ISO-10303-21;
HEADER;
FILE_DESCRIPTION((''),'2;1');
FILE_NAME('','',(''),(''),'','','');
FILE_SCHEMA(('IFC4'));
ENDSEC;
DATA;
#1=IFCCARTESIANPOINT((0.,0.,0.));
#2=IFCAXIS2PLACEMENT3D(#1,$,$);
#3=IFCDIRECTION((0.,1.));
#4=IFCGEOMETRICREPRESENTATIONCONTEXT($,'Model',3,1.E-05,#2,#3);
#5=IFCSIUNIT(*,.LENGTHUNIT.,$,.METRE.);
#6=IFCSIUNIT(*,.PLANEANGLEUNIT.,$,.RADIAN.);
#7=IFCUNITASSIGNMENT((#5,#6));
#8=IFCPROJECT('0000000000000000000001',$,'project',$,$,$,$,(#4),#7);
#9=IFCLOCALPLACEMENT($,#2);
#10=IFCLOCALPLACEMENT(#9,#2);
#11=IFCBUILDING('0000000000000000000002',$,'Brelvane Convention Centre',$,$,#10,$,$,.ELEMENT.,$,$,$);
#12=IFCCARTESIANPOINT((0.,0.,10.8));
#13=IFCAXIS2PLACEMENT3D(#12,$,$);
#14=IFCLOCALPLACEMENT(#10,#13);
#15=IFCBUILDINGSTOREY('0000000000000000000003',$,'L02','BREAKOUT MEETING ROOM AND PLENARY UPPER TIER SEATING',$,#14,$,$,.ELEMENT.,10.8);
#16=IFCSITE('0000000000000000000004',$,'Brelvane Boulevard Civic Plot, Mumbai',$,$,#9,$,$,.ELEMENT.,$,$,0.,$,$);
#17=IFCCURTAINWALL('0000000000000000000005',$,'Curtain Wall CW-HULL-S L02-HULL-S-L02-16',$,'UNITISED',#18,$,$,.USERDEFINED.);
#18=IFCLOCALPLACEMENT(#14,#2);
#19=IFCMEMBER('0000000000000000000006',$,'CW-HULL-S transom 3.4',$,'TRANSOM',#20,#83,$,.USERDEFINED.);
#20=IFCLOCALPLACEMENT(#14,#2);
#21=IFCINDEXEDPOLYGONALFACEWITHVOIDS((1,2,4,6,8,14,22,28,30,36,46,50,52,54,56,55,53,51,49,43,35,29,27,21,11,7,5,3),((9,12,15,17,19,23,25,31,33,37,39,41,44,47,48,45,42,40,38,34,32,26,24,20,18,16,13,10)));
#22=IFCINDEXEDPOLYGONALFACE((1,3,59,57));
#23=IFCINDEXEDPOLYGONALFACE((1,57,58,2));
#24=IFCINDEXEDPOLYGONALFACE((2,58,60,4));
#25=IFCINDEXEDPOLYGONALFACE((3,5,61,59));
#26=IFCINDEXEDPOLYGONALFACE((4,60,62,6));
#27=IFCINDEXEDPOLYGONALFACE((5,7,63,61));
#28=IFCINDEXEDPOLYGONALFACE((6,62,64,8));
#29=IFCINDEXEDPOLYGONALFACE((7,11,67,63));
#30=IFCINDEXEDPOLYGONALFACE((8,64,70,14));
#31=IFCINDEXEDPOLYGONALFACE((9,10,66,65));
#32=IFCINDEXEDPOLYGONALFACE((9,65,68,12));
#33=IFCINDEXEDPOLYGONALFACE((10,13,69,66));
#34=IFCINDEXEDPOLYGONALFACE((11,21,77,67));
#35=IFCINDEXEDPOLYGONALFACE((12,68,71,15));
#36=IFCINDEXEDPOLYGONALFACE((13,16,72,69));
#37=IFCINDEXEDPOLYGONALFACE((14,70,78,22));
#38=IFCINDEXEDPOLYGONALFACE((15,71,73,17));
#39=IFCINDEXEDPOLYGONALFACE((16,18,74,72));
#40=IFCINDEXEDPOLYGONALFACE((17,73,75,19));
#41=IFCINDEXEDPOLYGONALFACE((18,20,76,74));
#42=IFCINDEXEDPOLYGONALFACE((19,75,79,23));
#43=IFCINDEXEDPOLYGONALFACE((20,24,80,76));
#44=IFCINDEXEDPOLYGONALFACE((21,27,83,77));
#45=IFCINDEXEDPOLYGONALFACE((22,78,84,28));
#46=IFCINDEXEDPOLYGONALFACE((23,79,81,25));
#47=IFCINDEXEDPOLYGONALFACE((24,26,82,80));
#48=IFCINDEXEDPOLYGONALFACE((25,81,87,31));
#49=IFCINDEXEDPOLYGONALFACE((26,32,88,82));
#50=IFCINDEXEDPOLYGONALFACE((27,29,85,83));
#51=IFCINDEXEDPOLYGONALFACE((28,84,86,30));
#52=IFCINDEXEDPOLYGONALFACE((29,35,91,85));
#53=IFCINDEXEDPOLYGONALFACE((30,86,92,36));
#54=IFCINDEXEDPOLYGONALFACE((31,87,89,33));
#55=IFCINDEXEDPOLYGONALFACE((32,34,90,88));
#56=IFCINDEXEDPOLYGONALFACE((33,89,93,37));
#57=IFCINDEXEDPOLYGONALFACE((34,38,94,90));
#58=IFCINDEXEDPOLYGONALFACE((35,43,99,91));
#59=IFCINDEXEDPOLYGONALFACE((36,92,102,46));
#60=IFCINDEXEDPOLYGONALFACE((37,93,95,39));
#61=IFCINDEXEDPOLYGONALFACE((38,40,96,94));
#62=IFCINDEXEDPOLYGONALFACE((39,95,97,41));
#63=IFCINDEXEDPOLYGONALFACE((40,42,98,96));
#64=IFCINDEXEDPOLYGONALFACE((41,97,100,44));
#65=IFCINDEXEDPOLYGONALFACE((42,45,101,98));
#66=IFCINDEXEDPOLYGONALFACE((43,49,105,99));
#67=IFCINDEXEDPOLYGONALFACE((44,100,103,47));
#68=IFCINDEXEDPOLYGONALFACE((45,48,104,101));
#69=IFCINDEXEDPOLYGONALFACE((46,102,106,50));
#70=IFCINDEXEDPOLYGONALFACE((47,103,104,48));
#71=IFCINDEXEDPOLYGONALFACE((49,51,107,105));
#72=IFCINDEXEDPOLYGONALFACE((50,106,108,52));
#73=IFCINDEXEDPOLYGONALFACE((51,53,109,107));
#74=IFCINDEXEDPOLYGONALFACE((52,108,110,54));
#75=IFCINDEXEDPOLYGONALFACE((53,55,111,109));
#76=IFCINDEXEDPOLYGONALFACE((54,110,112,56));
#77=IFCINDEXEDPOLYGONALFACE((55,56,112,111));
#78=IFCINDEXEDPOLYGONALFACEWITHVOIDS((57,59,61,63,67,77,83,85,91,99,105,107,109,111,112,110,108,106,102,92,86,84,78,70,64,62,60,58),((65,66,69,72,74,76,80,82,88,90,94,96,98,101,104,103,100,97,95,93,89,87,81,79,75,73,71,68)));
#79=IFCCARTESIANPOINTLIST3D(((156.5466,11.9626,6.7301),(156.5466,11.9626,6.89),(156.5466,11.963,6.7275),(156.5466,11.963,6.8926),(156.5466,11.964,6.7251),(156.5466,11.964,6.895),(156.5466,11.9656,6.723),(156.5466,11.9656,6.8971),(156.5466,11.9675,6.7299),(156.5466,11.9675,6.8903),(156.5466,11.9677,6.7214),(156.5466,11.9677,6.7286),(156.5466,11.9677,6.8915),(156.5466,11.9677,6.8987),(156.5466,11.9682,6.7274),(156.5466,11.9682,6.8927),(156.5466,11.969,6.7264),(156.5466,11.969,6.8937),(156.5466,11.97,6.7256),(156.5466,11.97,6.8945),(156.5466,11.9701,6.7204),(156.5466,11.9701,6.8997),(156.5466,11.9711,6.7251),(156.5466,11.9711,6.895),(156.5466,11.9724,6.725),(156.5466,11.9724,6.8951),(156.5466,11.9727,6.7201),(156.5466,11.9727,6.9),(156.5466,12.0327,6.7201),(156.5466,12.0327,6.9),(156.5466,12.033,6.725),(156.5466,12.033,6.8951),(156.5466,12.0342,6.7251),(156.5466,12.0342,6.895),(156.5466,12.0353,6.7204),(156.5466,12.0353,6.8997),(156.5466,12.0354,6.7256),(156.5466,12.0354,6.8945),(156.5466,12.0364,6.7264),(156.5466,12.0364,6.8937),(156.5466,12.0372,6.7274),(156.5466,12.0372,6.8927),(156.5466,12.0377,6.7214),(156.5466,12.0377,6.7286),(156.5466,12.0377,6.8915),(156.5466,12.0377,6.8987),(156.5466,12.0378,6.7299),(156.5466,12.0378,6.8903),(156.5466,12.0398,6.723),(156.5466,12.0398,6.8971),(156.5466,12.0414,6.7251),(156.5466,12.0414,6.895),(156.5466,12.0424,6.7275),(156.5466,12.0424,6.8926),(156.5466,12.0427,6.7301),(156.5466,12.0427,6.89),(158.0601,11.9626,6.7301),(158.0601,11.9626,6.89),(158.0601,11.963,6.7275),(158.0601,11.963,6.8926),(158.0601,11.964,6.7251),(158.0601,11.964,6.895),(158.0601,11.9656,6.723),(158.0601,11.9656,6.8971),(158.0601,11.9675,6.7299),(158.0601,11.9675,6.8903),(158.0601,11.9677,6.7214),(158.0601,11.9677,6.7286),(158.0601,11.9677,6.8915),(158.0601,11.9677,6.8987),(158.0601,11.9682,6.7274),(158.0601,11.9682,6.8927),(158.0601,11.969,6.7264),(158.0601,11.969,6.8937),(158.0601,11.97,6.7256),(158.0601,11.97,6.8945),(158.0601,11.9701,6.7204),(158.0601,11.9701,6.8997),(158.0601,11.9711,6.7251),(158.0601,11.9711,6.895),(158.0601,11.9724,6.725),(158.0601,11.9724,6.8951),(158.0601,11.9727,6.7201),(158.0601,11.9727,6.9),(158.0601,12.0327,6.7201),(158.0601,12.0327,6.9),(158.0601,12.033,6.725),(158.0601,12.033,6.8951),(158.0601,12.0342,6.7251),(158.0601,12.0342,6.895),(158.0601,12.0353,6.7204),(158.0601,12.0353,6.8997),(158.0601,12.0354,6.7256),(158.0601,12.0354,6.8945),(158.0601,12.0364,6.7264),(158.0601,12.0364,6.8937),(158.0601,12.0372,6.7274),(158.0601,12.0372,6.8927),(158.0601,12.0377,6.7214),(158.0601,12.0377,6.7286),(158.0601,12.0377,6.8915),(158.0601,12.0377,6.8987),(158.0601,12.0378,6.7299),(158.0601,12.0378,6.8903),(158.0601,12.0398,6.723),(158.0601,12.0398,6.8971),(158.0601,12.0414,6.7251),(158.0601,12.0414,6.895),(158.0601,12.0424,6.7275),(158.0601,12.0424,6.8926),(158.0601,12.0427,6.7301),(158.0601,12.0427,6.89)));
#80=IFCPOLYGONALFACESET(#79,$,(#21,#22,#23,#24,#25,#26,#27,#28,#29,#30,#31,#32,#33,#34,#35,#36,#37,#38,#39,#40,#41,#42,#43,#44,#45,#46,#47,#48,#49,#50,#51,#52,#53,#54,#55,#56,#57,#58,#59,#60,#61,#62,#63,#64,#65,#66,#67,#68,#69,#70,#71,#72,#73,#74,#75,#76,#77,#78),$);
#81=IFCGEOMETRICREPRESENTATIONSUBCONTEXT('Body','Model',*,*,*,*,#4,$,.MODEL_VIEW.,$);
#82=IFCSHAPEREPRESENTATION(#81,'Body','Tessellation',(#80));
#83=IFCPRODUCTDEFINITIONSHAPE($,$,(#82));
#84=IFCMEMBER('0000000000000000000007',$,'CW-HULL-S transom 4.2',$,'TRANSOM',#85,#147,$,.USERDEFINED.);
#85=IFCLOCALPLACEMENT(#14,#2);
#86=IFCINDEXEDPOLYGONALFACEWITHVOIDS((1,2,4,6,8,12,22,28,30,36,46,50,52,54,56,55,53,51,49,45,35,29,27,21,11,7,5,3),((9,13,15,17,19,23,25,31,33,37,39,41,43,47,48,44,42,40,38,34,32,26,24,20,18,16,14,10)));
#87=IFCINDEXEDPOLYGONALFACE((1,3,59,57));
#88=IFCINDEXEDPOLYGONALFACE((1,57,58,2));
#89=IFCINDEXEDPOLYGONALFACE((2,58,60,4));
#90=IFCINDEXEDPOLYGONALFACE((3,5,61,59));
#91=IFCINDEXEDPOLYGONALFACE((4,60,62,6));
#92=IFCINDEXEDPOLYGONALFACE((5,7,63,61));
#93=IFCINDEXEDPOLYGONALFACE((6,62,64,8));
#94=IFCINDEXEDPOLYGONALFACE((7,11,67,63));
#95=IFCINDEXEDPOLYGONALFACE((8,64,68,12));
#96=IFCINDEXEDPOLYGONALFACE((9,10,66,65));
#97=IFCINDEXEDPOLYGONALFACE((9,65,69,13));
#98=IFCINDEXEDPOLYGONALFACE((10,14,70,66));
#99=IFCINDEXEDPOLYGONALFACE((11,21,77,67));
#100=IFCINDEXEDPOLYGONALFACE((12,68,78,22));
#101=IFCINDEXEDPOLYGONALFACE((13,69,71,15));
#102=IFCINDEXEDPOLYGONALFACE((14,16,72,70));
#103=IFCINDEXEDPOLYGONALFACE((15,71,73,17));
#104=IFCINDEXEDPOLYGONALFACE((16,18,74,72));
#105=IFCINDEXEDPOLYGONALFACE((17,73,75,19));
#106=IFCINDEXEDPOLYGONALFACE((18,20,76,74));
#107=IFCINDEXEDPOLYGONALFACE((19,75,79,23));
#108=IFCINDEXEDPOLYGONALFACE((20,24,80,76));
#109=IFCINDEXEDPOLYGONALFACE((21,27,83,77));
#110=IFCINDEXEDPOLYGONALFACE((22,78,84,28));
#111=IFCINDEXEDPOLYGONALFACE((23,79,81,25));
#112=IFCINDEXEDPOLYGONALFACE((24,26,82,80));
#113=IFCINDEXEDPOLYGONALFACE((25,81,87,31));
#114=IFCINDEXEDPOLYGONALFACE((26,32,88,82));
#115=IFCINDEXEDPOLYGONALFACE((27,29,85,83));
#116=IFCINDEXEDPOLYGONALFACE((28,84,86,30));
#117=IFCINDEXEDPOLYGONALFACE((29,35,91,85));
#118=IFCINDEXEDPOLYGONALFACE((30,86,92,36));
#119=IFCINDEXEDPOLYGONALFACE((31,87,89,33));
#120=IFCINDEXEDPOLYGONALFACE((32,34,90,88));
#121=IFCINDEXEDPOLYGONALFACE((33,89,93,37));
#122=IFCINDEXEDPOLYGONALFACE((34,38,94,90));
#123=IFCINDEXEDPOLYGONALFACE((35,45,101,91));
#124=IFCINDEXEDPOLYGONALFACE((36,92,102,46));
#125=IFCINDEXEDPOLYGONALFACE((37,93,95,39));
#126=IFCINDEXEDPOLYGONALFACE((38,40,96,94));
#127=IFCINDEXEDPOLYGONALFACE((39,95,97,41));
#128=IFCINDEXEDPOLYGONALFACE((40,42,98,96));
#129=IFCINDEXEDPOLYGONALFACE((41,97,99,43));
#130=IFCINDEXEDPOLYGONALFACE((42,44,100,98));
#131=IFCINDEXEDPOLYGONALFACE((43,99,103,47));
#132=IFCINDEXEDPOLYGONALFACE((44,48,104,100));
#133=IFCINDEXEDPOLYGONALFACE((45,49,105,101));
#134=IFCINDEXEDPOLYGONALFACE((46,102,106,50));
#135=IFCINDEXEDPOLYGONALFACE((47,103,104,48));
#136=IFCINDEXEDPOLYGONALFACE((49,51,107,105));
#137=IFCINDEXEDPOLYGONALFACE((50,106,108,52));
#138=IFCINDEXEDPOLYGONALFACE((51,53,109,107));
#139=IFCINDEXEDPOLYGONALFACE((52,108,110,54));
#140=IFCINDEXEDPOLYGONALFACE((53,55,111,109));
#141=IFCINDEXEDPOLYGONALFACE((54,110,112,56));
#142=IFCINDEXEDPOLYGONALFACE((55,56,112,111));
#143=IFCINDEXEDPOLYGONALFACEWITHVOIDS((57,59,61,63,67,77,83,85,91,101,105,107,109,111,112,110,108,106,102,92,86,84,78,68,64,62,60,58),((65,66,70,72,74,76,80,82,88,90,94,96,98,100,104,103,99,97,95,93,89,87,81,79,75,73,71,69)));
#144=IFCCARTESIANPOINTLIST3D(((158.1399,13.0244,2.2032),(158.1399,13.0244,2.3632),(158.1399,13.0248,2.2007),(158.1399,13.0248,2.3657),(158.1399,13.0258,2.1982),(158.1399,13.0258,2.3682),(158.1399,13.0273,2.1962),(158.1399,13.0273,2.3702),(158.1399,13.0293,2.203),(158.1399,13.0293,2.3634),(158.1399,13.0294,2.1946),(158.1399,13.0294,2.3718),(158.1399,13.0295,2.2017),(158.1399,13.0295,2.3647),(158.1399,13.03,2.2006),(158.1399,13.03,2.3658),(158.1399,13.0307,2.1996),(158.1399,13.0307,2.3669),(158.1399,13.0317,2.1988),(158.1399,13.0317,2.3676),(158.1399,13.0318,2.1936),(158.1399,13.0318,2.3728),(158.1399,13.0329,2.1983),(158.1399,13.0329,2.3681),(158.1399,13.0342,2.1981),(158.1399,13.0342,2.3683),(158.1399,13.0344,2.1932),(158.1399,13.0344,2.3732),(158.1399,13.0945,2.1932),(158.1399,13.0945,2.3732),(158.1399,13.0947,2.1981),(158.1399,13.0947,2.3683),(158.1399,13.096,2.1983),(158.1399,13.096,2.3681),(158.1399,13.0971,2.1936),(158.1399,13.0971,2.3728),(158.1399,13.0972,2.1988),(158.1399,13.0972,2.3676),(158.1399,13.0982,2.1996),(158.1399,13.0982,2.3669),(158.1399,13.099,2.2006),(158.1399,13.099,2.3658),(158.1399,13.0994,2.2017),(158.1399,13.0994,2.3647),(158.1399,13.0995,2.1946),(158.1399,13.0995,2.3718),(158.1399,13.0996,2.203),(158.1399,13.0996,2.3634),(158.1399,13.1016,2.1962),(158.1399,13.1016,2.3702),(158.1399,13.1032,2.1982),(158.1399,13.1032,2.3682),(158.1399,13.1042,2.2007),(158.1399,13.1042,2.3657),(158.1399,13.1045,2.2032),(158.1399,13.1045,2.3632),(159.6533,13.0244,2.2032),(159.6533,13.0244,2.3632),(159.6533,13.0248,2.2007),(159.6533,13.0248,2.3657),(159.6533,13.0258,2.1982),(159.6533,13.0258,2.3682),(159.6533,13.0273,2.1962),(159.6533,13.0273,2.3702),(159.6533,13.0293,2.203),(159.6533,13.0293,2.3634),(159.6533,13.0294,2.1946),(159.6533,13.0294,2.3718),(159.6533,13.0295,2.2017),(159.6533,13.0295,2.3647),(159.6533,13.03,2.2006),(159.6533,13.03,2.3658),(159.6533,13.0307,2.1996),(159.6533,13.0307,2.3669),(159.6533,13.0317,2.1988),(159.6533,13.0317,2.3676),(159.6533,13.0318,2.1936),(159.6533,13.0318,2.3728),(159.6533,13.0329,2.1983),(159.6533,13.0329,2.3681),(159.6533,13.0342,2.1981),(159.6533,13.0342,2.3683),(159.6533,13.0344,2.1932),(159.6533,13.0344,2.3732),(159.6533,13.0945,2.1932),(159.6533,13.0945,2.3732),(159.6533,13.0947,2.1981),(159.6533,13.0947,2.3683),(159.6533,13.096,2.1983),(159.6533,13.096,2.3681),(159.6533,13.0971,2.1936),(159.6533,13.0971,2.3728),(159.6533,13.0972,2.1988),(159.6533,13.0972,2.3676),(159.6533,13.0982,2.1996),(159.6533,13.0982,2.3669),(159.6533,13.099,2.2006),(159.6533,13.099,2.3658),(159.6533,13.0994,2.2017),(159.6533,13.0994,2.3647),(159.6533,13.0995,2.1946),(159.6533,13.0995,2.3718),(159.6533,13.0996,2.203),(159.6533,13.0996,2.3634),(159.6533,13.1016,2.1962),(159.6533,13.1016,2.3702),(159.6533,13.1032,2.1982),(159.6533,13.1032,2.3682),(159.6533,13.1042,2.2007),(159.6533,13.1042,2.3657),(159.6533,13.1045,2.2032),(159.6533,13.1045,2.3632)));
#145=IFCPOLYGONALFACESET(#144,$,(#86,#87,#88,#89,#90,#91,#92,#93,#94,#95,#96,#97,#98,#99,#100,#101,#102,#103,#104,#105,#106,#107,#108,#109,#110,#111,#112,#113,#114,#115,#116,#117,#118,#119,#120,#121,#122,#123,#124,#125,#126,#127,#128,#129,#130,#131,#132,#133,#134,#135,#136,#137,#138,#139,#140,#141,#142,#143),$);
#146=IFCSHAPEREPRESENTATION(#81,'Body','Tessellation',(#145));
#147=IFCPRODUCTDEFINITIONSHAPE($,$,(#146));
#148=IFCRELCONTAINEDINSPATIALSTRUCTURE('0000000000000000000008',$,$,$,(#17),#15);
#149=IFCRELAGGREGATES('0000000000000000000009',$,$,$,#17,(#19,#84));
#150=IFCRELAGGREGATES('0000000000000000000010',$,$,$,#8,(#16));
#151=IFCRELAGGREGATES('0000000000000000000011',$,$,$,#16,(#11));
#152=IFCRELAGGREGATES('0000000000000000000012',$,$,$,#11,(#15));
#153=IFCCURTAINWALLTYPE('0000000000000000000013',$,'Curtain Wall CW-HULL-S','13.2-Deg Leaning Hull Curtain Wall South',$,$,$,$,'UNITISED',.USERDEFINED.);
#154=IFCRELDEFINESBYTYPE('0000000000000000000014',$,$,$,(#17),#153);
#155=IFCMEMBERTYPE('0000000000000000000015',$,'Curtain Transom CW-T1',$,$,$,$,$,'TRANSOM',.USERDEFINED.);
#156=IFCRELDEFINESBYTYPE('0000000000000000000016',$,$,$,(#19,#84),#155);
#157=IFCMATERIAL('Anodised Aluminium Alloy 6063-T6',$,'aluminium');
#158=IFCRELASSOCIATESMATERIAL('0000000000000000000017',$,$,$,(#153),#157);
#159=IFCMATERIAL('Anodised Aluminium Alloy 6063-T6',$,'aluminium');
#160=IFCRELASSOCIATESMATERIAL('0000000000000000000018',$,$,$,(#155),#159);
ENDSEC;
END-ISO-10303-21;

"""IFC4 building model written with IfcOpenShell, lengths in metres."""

from ifc_helpers import new_model, si_unit, direction, frame, origin, origin_2d, place, context, subcontext, project, spatial, hollow_rectangle, extrude, material, material_profile, profile_set, type_object, element, aggregate, save


model = new_model("IFC4")

# Units and contexts
model_context = context("Model", 3, precision=1e-05, world=origin(), true_north=direction((0.0, 1.0)))
body_context = subcontext(model_context, "Body", "Model", "MODEL_VIEW")
ifc_project = project(units=[si_unit("LENGTHUNIT", "METRE"), si_unit("PLANEANGLEUNIT", "RADIAN")], contexts=[model_context])

# Site, building, storey
site_placement = place(None, origin())
site = spatial("IfcSite", under=ifc_project, at=site_placement, Name="Brelvane Boulevard Civic Plot, Mumbai", CompositionType="ELEMENT", RefElevation=0.0)
building_placement = place(site_placement, origin())
building = spatial("IfcBuilding", under=site, at=building_placement, Name="Brelvane Convention Centre", CompositionType="ELEMENT")
storey_placement = place(building_placement, frame((0.0, 0.0, 10.8)))
storey = spatial("IfcBuildingStorey", under=building, at=storey_placement, Name="L02", Description="BREAKOUT MEETING ROOM AND PLENARY UPPER TIER SEATING", CompositionType="ELEMENT", Elevation=10.8)

# Curtain wall, members
ifc_material_1 = material(Name="Anodised Aluminium Alloy 6063-T6", Category="aluminium")
curtain_wall_type = type_object("IfcCurtainWallType", Name="Curtain Wall CW-HULL-S", Description="13.2-Deg Leaning Hull Curtain Wall South", ElementType="UNITISED", PredefinedType="USERDEFINED", material=ifc_material_1)
curtain_wall_placement = place(storey_placement, origin())
curtain_wall = element("IfcCurtainWall", 1, at=curtain_wall_placement, inside=storey, type_object=curtain_wall_type, Name="Curtain Wall CW-HULL-S L02-HULL-S-L02-16", ObjectType="UNITISED", PredefinedType="USERDEFINED")
ifc_material_2 = material(Name="Anodised Aluminium Alloy 6063-T6", Category="aluminium")
ifc_material_profile_1 = material_profile(ifc_material_2, hollow_rectangle(XDim=0.0801, YDim=0.1799, WallThickness=0.0049, InnerFilletRadius=0.0049, OuterFilletRadius=0.01, at=origin_2d()), Name="ALU-T 180x80x5.0")
ifc_profile_set_1 = profile_set([ifc_material_profile_1], Name="Anodised Aluminium Alloy 6063-T6")
member_type_1 = type_object("IfcMemberType", Name="Curtain Transom CW-T1", ElementType="TRANSOM", PredefinedType="USERDEFINED", material=ifc_profile_set_1)
member_1_placement = place(storey_placement, frame((156.5466, 12.0027, 6.8101), z_axis=(1.0, 0.0, 0.0), x_axis=(0.0, 1.0, 0.0)))
member_1 = element("IfcMember", 2, at=member_1_placement, type_object=member_type_1, Name="CW-HULL-S transom 3.4", ObjectType="TRANSOM", PredefinedType="USERDEFINED", context=body_context, shape_type="SweptSolid", body=[
    extrude(hollow_rectangle(XDim=0.0801, YDim=0.1799, WallThickness=0.0049, InnerFilletRadius=0.0049, OuterFilletRadius=0.01, at=origin_2d()), origin(), (0.0, 0.0, 1.0), 1.5134),
])
member_2_placement = place(storey_placement, frame((158.1399, 13.0645, 2.2832), z_axis=(1.0, 0.0, 0.0), x_axis=(0.0, 1.0, 0.0)))
member_2 = element("IfcMember", 3, at=member_2_placement, type_object=member_type_1, Name="CW-HULL-S transom 4.2", ObjectType="TRANSOM", PredefinedType="USERDEFINED", context=body_context, shape_type="SweptSolid", body=[
    extrude(hollow_rectangle(XDim=0.0801, YDim=0.1799, WallThickness=0.0049, InnerFilletRadius=0.0049, OuterFilletRadius=0.01, at=origin_2d()), origin(), (0.0, 0.0, 1.0), 1.5134),
])

aggregate(curtain_wall, [member_1, member_2])

save(model, "model.ifc")
